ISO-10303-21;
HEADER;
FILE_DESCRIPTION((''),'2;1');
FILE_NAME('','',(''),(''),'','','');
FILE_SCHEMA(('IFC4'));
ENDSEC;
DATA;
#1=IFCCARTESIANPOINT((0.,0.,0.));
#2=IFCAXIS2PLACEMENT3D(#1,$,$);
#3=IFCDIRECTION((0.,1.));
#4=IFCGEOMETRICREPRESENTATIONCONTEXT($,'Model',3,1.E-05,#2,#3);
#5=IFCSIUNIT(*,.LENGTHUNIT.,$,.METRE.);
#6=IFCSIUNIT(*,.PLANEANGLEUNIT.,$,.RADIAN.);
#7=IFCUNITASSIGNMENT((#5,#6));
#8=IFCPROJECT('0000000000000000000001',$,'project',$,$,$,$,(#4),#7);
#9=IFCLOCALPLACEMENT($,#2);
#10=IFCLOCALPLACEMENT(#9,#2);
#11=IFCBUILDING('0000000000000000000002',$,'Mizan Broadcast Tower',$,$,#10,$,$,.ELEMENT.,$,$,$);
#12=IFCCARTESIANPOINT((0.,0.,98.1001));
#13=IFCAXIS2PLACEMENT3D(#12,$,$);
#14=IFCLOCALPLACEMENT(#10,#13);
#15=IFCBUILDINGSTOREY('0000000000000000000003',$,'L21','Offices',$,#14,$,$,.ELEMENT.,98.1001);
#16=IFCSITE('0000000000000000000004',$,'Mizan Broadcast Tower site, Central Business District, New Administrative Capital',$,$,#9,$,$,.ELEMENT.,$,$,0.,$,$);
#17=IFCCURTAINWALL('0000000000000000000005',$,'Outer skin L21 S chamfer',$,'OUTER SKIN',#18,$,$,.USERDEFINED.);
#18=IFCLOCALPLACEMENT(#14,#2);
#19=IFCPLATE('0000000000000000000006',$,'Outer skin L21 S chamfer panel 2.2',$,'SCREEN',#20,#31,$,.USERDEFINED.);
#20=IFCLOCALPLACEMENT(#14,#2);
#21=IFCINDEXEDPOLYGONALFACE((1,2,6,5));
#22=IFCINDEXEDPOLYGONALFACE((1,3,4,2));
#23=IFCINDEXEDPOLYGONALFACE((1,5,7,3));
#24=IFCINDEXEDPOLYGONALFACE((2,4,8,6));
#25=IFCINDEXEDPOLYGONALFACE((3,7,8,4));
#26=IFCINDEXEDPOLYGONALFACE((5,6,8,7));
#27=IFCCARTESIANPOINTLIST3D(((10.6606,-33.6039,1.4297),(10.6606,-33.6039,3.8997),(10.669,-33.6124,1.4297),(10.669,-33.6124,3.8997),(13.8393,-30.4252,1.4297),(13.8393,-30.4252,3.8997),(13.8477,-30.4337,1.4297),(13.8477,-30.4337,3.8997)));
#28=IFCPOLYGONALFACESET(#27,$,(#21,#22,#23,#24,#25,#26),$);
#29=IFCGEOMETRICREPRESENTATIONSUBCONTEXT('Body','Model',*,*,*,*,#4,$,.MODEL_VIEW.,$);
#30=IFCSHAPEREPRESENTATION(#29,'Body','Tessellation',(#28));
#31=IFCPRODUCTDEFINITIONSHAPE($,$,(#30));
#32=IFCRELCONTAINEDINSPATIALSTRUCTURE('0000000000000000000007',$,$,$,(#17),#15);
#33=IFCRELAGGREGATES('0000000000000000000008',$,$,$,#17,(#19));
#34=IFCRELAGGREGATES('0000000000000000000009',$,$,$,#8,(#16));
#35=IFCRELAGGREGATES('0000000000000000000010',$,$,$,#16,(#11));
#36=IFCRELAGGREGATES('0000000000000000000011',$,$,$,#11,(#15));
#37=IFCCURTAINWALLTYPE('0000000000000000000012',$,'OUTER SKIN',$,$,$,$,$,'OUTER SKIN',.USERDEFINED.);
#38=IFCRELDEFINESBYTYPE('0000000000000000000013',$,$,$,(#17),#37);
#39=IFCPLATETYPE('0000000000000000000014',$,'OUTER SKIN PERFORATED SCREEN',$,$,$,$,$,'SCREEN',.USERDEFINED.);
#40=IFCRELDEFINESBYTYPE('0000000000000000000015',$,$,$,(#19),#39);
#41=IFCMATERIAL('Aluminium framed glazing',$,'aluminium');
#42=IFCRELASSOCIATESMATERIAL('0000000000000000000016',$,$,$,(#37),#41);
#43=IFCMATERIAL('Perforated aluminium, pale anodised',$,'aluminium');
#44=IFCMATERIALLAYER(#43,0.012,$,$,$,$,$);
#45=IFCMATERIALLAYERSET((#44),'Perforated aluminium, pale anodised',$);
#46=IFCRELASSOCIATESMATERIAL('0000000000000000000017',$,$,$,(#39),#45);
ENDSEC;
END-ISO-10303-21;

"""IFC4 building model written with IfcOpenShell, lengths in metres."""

from ifc_helpers import new_model, si_unit, direction, frame, origin, origin_2d, place, context, subcontext, project, spatial, rectangle, extrude, material, layer, layer_set, type_object, element, aggregate, save


model = new_model("IFC4")

# Units and contexts
model_context = context("Model", 3, precision=1e-05, world=origin(), true_north=direction((0.0, 1.0)))
body_context = subcontext(model_context, "Body", "Model", "MODEL_VIEW")
ifc_project = project(units=[si_unit("LENGTHUNIT", "METRE"), si_unit("PLANEANGLEUNIT", "RADIAN")], contexts=[model_context])

# Site, building, storey
site_placement = place(None, origin())
site = spatial("IfcSite", under=ifc_project, at=site_placement, Name="Mizan Broadcast Tower site, Central Business District, New Administrative Capital", CompositionType="ELEMENT", RefElevation=0.0)
building_placement = place(site_placement, origin())
building = spatial("IfcBuilding", under=site, at=building_placement, Name="Mizan Broadcast Tower", CompositionType="ELEMENT")
storey_placement = place(building_placement, frame((0.0, 0.0, 98.1001)))
storey = spatial("IfcBuildingStorey", under=building, at=storey_placement, Name="L21", Description="Offices", CompositionType="ELEMENT", Elevation=98.1001)

# Shared definitions
ifc_material_1 = material(Name="Aluminium framed glazing", Category="aluminium")
curtain_wall_type_1 = type_object("IfcCurtainWallType", Name="OUTER SKIN", ElementType="OUTER SKIN", PredefinedType="USERDEFINED", material=ifc_material_1)

# Curtain wall
curtain_wall_1_placement = place(storey_placement, origin())
curtain_wall_1 = element("IfcCurtainWall", 1, at=curtain_wall_1_placement, inside=storey, type_object=curtain_wall_type_1, Name="Outer skin L21 S chamfer", ObjectType="OUTER SKIN", PredefinedType="USERDEFINED")

# Plate
ifc_material_2 = material(Name="Perforated aluminium, pale anodised", Category="aluminium")
ifc_layer_1 = layer(ifc_material_2, 0.012)
ifc_layer_set_1 = layer_set([ifc_layer_1], Name="Perforated aluminium, pale anodised")
plate_type_1 = type_object("IfcPlateType", Name="OUTER SKIN PERFORATED SCREEN", ElementType="SCREEN", PredefinedType="USERDEFINED", material=ifc_layer_set_1)
plate_1_placement = place(storey_placement, frame((12.2542, -32.0188, 1.4297), z_axis=(0.0, 0.0, 1.0), x_axis=(0.707107, 0.707107, 0.0)))
plate_1 = element("IfcPlate", 2, at=plate_1_placement, type_object=plate_type_1, Name="Outer skin L21 S chamfer panel 2.2", ObjectType="SCREEN", PredefinedType="USERDEFINED", context=body_context, shape_type="SweptSolid", body=[
    extrude(rectangle(XDim=4.4954, YDim=0.012, at=origin_2d()), origin(), (0.0, 0.0, 1.0), 2.47),
])
aggregate(curtain_wall_1, [plate_1])

save(model, "model.ifc")
